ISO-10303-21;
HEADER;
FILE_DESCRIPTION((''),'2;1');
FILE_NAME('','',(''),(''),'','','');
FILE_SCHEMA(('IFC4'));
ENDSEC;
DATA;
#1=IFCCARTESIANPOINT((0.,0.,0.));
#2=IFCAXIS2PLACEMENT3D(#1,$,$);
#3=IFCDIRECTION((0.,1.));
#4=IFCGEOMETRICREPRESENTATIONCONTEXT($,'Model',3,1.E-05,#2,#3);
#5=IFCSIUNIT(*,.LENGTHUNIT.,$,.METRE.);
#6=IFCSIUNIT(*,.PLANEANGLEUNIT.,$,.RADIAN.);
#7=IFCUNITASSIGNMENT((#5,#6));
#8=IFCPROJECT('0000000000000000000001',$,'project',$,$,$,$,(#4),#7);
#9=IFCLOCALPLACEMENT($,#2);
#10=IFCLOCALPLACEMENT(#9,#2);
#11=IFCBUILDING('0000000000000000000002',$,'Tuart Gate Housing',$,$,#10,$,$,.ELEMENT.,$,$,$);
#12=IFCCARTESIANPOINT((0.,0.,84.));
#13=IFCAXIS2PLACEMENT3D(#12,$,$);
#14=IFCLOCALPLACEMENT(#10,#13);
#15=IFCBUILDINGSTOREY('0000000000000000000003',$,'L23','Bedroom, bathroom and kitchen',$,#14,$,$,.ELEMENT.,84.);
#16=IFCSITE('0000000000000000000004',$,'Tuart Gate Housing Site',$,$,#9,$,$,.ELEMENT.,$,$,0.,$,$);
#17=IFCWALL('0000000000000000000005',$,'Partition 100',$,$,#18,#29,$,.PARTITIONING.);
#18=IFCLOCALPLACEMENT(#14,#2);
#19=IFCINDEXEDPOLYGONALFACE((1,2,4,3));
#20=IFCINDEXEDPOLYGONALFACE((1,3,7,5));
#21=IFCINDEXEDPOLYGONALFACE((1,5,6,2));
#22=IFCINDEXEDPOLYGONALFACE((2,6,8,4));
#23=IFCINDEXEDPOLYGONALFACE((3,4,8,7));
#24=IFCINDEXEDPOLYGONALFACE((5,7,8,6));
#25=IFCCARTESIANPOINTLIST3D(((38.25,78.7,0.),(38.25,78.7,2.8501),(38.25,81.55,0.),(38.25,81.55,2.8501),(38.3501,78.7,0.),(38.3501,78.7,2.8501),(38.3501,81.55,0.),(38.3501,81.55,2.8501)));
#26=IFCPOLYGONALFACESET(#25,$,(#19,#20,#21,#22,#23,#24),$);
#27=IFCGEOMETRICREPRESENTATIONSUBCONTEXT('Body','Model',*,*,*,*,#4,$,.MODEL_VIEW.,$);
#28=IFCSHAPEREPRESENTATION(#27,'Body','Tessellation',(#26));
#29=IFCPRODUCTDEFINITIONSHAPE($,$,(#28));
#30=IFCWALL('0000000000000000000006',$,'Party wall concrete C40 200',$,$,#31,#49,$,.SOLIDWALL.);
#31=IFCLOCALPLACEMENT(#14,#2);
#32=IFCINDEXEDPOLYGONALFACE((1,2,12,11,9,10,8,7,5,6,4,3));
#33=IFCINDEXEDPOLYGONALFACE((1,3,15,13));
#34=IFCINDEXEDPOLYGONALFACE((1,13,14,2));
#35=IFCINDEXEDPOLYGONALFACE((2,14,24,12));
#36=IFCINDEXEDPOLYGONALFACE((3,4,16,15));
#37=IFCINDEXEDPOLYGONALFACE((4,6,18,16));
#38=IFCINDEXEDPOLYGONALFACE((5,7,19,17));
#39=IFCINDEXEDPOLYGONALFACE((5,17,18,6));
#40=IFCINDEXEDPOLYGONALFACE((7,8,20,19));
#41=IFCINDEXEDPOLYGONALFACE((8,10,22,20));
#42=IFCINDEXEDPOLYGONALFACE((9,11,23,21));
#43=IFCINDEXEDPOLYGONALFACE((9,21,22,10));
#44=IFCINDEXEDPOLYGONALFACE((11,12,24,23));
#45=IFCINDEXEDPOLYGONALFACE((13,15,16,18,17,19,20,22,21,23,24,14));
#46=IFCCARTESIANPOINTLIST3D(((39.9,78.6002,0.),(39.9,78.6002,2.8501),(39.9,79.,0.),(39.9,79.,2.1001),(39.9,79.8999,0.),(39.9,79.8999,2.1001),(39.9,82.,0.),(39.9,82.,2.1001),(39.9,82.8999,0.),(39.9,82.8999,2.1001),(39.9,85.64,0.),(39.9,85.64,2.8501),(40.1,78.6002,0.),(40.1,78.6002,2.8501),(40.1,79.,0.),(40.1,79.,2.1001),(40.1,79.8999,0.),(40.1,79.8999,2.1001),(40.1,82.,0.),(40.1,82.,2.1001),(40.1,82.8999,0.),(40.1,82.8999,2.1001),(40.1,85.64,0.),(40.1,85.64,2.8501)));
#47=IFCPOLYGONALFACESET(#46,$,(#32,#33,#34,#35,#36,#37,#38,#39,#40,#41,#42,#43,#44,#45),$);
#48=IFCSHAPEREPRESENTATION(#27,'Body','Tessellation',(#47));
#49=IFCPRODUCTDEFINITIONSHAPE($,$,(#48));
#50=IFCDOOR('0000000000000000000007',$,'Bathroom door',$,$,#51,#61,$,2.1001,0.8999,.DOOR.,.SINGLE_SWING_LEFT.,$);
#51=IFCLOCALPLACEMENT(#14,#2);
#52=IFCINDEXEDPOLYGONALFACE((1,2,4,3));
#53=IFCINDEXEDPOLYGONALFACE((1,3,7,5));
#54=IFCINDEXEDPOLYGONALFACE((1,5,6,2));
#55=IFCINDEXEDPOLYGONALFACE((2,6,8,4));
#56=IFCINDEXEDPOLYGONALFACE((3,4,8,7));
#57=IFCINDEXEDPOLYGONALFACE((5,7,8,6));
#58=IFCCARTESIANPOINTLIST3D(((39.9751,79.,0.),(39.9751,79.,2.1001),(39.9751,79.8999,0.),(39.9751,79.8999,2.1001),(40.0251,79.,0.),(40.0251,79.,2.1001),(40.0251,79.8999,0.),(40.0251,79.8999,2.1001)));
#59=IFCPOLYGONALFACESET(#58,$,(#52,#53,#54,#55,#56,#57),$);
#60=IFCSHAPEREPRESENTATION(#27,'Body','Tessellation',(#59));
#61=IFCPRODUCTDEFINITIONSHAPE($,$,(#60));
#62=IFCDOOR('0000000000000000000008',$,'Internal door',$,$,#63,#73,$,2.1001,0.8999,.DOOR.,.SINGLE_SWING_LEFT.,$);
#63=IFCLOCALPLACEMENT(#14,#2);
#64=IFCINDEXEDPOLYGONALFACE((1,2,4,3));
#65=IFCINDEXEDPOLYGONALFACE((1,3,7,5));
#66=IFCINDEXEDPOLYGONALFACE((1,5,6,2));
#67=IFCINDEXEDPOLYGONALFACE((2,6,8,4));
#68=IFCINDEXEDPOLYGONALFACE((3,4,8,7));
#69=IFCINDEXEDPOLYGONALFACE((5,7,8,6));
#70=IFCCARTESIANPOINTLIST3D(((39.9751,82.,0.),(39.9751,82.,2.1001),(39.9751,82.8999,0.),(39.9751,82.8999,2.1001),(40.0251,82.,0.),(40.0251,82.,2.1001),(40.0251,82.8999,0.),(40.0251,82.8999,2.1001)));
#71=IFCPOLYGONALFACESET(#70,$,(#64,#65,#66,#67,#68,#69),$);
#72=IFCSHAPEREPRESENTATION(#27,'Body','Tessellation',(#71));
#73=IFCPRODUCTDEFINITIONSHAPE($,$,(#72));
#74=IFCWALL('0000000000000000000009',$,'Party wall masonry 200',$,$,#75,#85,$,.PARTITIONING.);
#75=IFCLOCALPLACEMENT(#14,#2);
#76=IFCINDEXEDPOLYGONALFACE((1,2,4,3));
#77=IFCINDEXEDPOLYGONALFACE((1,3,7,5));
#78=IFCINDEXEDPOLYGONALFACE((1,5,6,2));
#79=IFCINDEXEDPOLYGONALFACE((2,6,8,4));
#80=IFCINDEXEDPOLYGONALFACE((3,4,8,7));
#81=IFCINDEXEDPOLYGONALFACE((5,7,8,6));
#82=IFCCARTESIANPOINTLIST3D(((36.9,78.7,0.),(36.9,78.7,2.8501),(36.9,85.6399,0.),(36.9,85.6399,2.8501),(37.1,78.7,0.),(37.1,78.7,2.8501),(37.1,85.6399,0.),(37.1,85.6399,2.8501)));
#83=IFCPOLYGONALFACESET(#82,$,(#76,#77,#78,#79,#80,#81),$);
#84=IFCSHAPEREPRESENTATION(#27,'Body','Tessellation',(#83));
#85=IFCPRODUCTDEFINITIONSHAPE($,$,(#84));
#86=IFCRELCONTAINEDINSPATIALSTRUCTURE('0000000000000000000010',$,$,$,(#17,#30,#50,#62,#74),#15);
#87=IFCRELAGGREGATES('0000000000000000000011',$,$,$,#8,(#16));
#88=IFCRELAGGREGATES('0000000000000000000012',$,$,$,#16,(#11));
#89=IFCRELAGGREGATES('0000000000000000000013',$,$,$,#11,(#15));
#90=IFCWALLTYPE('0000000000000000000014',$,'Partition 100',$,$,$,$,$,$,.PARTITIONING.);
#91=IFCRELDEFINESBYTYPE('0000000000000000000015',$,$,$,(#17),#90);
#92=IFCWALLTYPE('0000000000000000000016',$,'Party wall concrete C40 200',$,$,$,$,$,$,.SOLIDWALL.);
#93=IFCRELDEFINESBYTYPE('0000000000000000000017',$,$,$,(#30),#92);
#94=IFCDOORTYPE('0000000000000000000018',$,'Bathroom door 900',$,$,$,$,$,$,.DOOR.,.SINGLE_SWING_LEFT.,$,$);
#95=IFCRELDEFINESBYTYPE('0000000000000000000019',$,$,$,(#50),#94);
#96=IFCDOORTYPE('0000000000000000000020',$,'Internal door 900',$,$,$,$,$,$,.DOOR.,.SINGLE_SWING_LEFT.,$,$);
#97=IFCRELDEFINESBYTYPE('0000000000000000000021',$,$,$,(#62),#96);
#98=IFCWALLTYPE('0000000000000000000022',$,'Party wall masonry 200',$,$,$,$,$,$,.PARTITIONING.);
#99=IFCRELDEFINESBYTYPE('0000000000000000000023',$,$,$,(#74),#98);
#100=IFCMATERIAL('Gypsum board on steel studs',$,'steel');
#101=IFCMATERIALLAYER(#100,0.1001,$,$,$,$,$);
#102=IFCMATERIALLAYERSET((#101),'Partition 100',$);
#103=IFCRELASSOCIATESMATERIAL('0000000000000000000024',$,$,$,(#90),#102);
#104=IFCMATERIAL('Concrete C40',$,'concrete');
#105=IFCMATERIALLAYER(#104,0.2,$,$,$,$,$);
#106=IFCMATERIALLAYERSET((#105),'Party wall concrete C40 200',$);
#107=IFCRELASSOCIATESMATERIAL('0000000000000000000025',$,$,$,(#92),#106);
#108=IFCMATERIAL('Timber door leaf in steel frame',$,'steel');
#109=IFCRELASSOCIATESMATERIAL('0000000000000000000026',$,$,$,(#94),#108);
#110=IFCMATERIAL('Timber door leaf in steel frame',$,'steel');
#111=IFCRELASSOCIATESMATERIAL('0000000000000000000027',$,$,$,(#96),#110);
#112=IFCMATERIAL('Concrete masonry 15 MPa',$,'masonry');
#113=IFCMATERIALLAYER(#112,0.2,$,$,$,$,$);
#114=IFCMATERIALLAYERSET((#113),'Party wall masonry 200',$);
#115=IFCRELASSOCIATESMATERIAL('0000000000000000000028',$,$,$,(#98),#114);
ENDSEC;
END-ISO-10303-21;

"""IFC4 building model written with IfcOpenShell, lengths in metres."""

from ifc_helpers import new_model, si_unit, direction, frame, frame_2d, origin, place, context, subcontext, project, spatial, rectangle, extrude, material, layer, layer_set, type_object, element, fill, save


model = new_model("IFC4")

# Units and contexts
model_context = context("Model", 3, precision=1e-05, world=origin(), true_north=direction((0.0, 1.0)))
body_context = subcontext(model_context, "Body", "Model", "MODEL_VIEW")
ifc_project = project(units=[si_unit("LENGTHUNIT", "METRE"), si_unit("PLANEANGLEUNIT", "RADIAN")], contexts=[model_context])

# Site, building, storey
site_placement = place(None, origin())
site = spatial("IfcSite", under=ifc_project, at=site_placement, Name="Tuart Gate Housing Site", CompositionType="ELEMENT", RefElevation=0.0)
building_placement = place(site_placement, origin())
building = spatial("IfcBuilding", under=site, at=building_placement, Name="Tuart Gate Housing", CompositionType="ELEMENT")
storey_placement = place(building_placement, frame((0.0, 0.0, 84.0)))
storey = spatial("IfcBuildingStorey", under=building, at=storey_placement, Name="L23", Description="Bedroom, bathroom and kitchen", CompositionType="ELEMENT", Elevation=84.0)

# Wall
ifc_material_1 = material(Name="Gypsum board on steel studs", Category="steel")
ifc_layer_1 = layer(ifc_material_1, 0.1001)
ifc_layer_set_1 = layer_set([ifc_layer_1], Name="Partition 100")
wall_type_1 = type_object("IfcWallType", Name="Partition 100", PredefinedType="PARTITIONING", material=ifc_layer_set_1)
wall_1_placement = place(storey_placement, frame((38.3, 78.7, 0.0), z_axis=(0.0, 0.0, 1.0), x_axis=(0.0, 1.0, 0.0)))
element("IfcWall", 1, at=wall_1_placement, inside=storey, type_object=wall_type_1, Name="Partition 100", PredefinedType="PARTITIONING", context=body_context, shape_type="SweptSolid", body=[
    extrude(rectangle(XDim=2.8501, YDim=0.1001, at=frame_2d((1.425, 0.0))), origin(), (0.0, 0.0, 1.0), 2.8501),
])

# Wall, openings, doors
ifc_material_2 = material(Name="Concrete C40", Category="concrete")
ifc_layer_2 = layer(ifc_material_2, 0.2)
ifc_layer_set_2 = layer_set([ifc_layer_2], Name="Party wall concrete C40 200")
wall_type_2 = type_object("IfcWallType", Name="Party wall concrete C40 200", PredefinedType="SOLIDWALL", material=ifc_layer_set_2)
wall_2_placement = place(storey_placement, frame((40.0, 78.6001, 0.0), z_axis=(0.0, 0.0, 1.0), x_axis=(0.0, 1.0, 0.0)))
wall_2 = element("IfcWall", 2, at=wall_2_placement, inside=storey, type_object=wall_type_2, Name="Party wall concrete C40 200", PredefinedType="SOLIDWALL", context=body_context, shape_type="SweptSolid", body=[
    extrude(rectangle(XDim=7.0398, YDim=0.2, at=frame_2d((3.52, 0.0))), origin(), (0.0, 0.0, 1.0), 2.8501),
])
opening_1_placement = place(wall_2_placement, frame((3.3999, 0.0, 0.0)))
opening_1 = element("IfcOpeningElement", 3, at=opening_1_placement, cuts=wall_2, PredefinedType="OPENING", context=body_context, shape_type="SweptSolid", body=[
    extrude(rectangle(XDim=0.8999, YDim=2.1001, at=frame_2d((0.45, 1.05))), frame((0.0, 0.1099, 0.0), z_axis=(0.0, -1.0, 0.0), x_axis=(1.0, 0.0, 0.0)), (0.0, 0.0, 1.0), 0.22),
])
opening_2_placement = place(wall_2_placement, frame((0.3999, 0.0, 0.0)))
opening_2 = element("IfcOpeningElement", 4, at=opening_2_placement, cuts=wall_2, PredefinedType="OPENING", context=body_context, shape_type="SweptSolid", body=[
    extrude(rectangle(XDim=0.8999, YDim=2.1001, at=frame_2d((0.45, 1.05))), frame((0.0, 0.1099, 0.0), z_axis=(0.0, -1.0, 0.0), x_axis=(1.0, 0.0, 0.0)), (0.0, 0.0, 1.0), 0.22),
])
ifc_material_3 = material(Name="Timber door leaf in steel frame", Category="steel")
door_type_1 = type_object("IfcDoorType", Name="Bathroom door 900", OperationType="SINGLE_SWING_LEFT", PredefinedType="DOOR", material=ifc_material_3)
door_1_placement = place(opening_2_placement, origin())
door_1 = element("IfcDoor", 5, at=door_1_placement, inside=storey, type_object=door_type_1, Name="Bathroom door", OperationType="SINGLE_SWING_LEFT", OverallHeight=2.1001, OverallWidth=0.8999, PredefinedType="DOOR", context=body_context, shape_type="SweptSolid", body=[
    extrude(rectangle(XDim=0.8999, YDim=2.1001, at=frame_2d((0.45, 1.05))), frame((0.0, 0.0249, 0.0), z_axis=(0.0, -1.0, 0.0), x_axis=(1.0, 0.0, 0.0)), (0.0, 0.0, 1.0), 0.05),
])
fill(opening_2, door_1)
ifc_material_4 = material(Name="Timber door leaf in steel frame", Category="steel")
door_type_2 = type_object("IfcDoorType", Name="Internal door 900", OperationType="SINGLE_SWING_LEFT", PredefinedType="DOOR", material=ifc_material_4)
door_2_placement = place(opening_1_placement, origin())
door_2 = element("IfcDoor", 6, at=door_2_placement, inside=storey, type_object=door_type_2, Name="Internal door", OperationType="SINGLE_SWING_LEFT", OverallHeight=2.1001, OverallWidth=0.8999, PredefinedType="DOOR", context=body_context, shape_type="SweptSolid", body=[
    extrude(rectangle(XDim=0.8999, YDim=2.1001, at=frame_2d((0.45, 1.05))), frame((0.0, 0.0249, 0.0), z_axis=(0.0, -1.0, 0.0), x_axis=(1.0, 0.0, 0.0)), (0.0, 0.0, 1.0), 0.05),
])
fill(opening_1, door_2)

# Wall
ifc_material_5 = material(Name="Concrete masonry 15 MPa", Category="masonry")
ifc_layer_3 = layer(ifc_material_5, 0.2)
ifc_layer_set_3 = layer_set([ifc_layer_3], Name="Party wall masonry 200")
wall_type_3 = type_object("IfcWallType", Name="Party wall masonry 200", PredefinedType="PARTITIONING", material=ifc_layer_set_3)
wall_3_placement = place(storey_placement, frame((37.0, 78.7, 0.0), z_axis=(0.0, 0.0, 1.0), x_axis=(0.0, 1.0, 0.0)))
element("IfcWall", 7, at=wall_3_placement, inside=storey, type_object=wall_type_3, Name="Party wall masonry 200", PredefinedType="PARTITIONING", context=body_context, shape_type="SweptSolid", body=[
    extrude(rectangle(XDim=6.9399, YDim=0.2, at=frame_2d((3.47, 0.0))), origin(), (0.0, 0.0, 1.0), 2.8501),
])

save(model, "model.ifc")
